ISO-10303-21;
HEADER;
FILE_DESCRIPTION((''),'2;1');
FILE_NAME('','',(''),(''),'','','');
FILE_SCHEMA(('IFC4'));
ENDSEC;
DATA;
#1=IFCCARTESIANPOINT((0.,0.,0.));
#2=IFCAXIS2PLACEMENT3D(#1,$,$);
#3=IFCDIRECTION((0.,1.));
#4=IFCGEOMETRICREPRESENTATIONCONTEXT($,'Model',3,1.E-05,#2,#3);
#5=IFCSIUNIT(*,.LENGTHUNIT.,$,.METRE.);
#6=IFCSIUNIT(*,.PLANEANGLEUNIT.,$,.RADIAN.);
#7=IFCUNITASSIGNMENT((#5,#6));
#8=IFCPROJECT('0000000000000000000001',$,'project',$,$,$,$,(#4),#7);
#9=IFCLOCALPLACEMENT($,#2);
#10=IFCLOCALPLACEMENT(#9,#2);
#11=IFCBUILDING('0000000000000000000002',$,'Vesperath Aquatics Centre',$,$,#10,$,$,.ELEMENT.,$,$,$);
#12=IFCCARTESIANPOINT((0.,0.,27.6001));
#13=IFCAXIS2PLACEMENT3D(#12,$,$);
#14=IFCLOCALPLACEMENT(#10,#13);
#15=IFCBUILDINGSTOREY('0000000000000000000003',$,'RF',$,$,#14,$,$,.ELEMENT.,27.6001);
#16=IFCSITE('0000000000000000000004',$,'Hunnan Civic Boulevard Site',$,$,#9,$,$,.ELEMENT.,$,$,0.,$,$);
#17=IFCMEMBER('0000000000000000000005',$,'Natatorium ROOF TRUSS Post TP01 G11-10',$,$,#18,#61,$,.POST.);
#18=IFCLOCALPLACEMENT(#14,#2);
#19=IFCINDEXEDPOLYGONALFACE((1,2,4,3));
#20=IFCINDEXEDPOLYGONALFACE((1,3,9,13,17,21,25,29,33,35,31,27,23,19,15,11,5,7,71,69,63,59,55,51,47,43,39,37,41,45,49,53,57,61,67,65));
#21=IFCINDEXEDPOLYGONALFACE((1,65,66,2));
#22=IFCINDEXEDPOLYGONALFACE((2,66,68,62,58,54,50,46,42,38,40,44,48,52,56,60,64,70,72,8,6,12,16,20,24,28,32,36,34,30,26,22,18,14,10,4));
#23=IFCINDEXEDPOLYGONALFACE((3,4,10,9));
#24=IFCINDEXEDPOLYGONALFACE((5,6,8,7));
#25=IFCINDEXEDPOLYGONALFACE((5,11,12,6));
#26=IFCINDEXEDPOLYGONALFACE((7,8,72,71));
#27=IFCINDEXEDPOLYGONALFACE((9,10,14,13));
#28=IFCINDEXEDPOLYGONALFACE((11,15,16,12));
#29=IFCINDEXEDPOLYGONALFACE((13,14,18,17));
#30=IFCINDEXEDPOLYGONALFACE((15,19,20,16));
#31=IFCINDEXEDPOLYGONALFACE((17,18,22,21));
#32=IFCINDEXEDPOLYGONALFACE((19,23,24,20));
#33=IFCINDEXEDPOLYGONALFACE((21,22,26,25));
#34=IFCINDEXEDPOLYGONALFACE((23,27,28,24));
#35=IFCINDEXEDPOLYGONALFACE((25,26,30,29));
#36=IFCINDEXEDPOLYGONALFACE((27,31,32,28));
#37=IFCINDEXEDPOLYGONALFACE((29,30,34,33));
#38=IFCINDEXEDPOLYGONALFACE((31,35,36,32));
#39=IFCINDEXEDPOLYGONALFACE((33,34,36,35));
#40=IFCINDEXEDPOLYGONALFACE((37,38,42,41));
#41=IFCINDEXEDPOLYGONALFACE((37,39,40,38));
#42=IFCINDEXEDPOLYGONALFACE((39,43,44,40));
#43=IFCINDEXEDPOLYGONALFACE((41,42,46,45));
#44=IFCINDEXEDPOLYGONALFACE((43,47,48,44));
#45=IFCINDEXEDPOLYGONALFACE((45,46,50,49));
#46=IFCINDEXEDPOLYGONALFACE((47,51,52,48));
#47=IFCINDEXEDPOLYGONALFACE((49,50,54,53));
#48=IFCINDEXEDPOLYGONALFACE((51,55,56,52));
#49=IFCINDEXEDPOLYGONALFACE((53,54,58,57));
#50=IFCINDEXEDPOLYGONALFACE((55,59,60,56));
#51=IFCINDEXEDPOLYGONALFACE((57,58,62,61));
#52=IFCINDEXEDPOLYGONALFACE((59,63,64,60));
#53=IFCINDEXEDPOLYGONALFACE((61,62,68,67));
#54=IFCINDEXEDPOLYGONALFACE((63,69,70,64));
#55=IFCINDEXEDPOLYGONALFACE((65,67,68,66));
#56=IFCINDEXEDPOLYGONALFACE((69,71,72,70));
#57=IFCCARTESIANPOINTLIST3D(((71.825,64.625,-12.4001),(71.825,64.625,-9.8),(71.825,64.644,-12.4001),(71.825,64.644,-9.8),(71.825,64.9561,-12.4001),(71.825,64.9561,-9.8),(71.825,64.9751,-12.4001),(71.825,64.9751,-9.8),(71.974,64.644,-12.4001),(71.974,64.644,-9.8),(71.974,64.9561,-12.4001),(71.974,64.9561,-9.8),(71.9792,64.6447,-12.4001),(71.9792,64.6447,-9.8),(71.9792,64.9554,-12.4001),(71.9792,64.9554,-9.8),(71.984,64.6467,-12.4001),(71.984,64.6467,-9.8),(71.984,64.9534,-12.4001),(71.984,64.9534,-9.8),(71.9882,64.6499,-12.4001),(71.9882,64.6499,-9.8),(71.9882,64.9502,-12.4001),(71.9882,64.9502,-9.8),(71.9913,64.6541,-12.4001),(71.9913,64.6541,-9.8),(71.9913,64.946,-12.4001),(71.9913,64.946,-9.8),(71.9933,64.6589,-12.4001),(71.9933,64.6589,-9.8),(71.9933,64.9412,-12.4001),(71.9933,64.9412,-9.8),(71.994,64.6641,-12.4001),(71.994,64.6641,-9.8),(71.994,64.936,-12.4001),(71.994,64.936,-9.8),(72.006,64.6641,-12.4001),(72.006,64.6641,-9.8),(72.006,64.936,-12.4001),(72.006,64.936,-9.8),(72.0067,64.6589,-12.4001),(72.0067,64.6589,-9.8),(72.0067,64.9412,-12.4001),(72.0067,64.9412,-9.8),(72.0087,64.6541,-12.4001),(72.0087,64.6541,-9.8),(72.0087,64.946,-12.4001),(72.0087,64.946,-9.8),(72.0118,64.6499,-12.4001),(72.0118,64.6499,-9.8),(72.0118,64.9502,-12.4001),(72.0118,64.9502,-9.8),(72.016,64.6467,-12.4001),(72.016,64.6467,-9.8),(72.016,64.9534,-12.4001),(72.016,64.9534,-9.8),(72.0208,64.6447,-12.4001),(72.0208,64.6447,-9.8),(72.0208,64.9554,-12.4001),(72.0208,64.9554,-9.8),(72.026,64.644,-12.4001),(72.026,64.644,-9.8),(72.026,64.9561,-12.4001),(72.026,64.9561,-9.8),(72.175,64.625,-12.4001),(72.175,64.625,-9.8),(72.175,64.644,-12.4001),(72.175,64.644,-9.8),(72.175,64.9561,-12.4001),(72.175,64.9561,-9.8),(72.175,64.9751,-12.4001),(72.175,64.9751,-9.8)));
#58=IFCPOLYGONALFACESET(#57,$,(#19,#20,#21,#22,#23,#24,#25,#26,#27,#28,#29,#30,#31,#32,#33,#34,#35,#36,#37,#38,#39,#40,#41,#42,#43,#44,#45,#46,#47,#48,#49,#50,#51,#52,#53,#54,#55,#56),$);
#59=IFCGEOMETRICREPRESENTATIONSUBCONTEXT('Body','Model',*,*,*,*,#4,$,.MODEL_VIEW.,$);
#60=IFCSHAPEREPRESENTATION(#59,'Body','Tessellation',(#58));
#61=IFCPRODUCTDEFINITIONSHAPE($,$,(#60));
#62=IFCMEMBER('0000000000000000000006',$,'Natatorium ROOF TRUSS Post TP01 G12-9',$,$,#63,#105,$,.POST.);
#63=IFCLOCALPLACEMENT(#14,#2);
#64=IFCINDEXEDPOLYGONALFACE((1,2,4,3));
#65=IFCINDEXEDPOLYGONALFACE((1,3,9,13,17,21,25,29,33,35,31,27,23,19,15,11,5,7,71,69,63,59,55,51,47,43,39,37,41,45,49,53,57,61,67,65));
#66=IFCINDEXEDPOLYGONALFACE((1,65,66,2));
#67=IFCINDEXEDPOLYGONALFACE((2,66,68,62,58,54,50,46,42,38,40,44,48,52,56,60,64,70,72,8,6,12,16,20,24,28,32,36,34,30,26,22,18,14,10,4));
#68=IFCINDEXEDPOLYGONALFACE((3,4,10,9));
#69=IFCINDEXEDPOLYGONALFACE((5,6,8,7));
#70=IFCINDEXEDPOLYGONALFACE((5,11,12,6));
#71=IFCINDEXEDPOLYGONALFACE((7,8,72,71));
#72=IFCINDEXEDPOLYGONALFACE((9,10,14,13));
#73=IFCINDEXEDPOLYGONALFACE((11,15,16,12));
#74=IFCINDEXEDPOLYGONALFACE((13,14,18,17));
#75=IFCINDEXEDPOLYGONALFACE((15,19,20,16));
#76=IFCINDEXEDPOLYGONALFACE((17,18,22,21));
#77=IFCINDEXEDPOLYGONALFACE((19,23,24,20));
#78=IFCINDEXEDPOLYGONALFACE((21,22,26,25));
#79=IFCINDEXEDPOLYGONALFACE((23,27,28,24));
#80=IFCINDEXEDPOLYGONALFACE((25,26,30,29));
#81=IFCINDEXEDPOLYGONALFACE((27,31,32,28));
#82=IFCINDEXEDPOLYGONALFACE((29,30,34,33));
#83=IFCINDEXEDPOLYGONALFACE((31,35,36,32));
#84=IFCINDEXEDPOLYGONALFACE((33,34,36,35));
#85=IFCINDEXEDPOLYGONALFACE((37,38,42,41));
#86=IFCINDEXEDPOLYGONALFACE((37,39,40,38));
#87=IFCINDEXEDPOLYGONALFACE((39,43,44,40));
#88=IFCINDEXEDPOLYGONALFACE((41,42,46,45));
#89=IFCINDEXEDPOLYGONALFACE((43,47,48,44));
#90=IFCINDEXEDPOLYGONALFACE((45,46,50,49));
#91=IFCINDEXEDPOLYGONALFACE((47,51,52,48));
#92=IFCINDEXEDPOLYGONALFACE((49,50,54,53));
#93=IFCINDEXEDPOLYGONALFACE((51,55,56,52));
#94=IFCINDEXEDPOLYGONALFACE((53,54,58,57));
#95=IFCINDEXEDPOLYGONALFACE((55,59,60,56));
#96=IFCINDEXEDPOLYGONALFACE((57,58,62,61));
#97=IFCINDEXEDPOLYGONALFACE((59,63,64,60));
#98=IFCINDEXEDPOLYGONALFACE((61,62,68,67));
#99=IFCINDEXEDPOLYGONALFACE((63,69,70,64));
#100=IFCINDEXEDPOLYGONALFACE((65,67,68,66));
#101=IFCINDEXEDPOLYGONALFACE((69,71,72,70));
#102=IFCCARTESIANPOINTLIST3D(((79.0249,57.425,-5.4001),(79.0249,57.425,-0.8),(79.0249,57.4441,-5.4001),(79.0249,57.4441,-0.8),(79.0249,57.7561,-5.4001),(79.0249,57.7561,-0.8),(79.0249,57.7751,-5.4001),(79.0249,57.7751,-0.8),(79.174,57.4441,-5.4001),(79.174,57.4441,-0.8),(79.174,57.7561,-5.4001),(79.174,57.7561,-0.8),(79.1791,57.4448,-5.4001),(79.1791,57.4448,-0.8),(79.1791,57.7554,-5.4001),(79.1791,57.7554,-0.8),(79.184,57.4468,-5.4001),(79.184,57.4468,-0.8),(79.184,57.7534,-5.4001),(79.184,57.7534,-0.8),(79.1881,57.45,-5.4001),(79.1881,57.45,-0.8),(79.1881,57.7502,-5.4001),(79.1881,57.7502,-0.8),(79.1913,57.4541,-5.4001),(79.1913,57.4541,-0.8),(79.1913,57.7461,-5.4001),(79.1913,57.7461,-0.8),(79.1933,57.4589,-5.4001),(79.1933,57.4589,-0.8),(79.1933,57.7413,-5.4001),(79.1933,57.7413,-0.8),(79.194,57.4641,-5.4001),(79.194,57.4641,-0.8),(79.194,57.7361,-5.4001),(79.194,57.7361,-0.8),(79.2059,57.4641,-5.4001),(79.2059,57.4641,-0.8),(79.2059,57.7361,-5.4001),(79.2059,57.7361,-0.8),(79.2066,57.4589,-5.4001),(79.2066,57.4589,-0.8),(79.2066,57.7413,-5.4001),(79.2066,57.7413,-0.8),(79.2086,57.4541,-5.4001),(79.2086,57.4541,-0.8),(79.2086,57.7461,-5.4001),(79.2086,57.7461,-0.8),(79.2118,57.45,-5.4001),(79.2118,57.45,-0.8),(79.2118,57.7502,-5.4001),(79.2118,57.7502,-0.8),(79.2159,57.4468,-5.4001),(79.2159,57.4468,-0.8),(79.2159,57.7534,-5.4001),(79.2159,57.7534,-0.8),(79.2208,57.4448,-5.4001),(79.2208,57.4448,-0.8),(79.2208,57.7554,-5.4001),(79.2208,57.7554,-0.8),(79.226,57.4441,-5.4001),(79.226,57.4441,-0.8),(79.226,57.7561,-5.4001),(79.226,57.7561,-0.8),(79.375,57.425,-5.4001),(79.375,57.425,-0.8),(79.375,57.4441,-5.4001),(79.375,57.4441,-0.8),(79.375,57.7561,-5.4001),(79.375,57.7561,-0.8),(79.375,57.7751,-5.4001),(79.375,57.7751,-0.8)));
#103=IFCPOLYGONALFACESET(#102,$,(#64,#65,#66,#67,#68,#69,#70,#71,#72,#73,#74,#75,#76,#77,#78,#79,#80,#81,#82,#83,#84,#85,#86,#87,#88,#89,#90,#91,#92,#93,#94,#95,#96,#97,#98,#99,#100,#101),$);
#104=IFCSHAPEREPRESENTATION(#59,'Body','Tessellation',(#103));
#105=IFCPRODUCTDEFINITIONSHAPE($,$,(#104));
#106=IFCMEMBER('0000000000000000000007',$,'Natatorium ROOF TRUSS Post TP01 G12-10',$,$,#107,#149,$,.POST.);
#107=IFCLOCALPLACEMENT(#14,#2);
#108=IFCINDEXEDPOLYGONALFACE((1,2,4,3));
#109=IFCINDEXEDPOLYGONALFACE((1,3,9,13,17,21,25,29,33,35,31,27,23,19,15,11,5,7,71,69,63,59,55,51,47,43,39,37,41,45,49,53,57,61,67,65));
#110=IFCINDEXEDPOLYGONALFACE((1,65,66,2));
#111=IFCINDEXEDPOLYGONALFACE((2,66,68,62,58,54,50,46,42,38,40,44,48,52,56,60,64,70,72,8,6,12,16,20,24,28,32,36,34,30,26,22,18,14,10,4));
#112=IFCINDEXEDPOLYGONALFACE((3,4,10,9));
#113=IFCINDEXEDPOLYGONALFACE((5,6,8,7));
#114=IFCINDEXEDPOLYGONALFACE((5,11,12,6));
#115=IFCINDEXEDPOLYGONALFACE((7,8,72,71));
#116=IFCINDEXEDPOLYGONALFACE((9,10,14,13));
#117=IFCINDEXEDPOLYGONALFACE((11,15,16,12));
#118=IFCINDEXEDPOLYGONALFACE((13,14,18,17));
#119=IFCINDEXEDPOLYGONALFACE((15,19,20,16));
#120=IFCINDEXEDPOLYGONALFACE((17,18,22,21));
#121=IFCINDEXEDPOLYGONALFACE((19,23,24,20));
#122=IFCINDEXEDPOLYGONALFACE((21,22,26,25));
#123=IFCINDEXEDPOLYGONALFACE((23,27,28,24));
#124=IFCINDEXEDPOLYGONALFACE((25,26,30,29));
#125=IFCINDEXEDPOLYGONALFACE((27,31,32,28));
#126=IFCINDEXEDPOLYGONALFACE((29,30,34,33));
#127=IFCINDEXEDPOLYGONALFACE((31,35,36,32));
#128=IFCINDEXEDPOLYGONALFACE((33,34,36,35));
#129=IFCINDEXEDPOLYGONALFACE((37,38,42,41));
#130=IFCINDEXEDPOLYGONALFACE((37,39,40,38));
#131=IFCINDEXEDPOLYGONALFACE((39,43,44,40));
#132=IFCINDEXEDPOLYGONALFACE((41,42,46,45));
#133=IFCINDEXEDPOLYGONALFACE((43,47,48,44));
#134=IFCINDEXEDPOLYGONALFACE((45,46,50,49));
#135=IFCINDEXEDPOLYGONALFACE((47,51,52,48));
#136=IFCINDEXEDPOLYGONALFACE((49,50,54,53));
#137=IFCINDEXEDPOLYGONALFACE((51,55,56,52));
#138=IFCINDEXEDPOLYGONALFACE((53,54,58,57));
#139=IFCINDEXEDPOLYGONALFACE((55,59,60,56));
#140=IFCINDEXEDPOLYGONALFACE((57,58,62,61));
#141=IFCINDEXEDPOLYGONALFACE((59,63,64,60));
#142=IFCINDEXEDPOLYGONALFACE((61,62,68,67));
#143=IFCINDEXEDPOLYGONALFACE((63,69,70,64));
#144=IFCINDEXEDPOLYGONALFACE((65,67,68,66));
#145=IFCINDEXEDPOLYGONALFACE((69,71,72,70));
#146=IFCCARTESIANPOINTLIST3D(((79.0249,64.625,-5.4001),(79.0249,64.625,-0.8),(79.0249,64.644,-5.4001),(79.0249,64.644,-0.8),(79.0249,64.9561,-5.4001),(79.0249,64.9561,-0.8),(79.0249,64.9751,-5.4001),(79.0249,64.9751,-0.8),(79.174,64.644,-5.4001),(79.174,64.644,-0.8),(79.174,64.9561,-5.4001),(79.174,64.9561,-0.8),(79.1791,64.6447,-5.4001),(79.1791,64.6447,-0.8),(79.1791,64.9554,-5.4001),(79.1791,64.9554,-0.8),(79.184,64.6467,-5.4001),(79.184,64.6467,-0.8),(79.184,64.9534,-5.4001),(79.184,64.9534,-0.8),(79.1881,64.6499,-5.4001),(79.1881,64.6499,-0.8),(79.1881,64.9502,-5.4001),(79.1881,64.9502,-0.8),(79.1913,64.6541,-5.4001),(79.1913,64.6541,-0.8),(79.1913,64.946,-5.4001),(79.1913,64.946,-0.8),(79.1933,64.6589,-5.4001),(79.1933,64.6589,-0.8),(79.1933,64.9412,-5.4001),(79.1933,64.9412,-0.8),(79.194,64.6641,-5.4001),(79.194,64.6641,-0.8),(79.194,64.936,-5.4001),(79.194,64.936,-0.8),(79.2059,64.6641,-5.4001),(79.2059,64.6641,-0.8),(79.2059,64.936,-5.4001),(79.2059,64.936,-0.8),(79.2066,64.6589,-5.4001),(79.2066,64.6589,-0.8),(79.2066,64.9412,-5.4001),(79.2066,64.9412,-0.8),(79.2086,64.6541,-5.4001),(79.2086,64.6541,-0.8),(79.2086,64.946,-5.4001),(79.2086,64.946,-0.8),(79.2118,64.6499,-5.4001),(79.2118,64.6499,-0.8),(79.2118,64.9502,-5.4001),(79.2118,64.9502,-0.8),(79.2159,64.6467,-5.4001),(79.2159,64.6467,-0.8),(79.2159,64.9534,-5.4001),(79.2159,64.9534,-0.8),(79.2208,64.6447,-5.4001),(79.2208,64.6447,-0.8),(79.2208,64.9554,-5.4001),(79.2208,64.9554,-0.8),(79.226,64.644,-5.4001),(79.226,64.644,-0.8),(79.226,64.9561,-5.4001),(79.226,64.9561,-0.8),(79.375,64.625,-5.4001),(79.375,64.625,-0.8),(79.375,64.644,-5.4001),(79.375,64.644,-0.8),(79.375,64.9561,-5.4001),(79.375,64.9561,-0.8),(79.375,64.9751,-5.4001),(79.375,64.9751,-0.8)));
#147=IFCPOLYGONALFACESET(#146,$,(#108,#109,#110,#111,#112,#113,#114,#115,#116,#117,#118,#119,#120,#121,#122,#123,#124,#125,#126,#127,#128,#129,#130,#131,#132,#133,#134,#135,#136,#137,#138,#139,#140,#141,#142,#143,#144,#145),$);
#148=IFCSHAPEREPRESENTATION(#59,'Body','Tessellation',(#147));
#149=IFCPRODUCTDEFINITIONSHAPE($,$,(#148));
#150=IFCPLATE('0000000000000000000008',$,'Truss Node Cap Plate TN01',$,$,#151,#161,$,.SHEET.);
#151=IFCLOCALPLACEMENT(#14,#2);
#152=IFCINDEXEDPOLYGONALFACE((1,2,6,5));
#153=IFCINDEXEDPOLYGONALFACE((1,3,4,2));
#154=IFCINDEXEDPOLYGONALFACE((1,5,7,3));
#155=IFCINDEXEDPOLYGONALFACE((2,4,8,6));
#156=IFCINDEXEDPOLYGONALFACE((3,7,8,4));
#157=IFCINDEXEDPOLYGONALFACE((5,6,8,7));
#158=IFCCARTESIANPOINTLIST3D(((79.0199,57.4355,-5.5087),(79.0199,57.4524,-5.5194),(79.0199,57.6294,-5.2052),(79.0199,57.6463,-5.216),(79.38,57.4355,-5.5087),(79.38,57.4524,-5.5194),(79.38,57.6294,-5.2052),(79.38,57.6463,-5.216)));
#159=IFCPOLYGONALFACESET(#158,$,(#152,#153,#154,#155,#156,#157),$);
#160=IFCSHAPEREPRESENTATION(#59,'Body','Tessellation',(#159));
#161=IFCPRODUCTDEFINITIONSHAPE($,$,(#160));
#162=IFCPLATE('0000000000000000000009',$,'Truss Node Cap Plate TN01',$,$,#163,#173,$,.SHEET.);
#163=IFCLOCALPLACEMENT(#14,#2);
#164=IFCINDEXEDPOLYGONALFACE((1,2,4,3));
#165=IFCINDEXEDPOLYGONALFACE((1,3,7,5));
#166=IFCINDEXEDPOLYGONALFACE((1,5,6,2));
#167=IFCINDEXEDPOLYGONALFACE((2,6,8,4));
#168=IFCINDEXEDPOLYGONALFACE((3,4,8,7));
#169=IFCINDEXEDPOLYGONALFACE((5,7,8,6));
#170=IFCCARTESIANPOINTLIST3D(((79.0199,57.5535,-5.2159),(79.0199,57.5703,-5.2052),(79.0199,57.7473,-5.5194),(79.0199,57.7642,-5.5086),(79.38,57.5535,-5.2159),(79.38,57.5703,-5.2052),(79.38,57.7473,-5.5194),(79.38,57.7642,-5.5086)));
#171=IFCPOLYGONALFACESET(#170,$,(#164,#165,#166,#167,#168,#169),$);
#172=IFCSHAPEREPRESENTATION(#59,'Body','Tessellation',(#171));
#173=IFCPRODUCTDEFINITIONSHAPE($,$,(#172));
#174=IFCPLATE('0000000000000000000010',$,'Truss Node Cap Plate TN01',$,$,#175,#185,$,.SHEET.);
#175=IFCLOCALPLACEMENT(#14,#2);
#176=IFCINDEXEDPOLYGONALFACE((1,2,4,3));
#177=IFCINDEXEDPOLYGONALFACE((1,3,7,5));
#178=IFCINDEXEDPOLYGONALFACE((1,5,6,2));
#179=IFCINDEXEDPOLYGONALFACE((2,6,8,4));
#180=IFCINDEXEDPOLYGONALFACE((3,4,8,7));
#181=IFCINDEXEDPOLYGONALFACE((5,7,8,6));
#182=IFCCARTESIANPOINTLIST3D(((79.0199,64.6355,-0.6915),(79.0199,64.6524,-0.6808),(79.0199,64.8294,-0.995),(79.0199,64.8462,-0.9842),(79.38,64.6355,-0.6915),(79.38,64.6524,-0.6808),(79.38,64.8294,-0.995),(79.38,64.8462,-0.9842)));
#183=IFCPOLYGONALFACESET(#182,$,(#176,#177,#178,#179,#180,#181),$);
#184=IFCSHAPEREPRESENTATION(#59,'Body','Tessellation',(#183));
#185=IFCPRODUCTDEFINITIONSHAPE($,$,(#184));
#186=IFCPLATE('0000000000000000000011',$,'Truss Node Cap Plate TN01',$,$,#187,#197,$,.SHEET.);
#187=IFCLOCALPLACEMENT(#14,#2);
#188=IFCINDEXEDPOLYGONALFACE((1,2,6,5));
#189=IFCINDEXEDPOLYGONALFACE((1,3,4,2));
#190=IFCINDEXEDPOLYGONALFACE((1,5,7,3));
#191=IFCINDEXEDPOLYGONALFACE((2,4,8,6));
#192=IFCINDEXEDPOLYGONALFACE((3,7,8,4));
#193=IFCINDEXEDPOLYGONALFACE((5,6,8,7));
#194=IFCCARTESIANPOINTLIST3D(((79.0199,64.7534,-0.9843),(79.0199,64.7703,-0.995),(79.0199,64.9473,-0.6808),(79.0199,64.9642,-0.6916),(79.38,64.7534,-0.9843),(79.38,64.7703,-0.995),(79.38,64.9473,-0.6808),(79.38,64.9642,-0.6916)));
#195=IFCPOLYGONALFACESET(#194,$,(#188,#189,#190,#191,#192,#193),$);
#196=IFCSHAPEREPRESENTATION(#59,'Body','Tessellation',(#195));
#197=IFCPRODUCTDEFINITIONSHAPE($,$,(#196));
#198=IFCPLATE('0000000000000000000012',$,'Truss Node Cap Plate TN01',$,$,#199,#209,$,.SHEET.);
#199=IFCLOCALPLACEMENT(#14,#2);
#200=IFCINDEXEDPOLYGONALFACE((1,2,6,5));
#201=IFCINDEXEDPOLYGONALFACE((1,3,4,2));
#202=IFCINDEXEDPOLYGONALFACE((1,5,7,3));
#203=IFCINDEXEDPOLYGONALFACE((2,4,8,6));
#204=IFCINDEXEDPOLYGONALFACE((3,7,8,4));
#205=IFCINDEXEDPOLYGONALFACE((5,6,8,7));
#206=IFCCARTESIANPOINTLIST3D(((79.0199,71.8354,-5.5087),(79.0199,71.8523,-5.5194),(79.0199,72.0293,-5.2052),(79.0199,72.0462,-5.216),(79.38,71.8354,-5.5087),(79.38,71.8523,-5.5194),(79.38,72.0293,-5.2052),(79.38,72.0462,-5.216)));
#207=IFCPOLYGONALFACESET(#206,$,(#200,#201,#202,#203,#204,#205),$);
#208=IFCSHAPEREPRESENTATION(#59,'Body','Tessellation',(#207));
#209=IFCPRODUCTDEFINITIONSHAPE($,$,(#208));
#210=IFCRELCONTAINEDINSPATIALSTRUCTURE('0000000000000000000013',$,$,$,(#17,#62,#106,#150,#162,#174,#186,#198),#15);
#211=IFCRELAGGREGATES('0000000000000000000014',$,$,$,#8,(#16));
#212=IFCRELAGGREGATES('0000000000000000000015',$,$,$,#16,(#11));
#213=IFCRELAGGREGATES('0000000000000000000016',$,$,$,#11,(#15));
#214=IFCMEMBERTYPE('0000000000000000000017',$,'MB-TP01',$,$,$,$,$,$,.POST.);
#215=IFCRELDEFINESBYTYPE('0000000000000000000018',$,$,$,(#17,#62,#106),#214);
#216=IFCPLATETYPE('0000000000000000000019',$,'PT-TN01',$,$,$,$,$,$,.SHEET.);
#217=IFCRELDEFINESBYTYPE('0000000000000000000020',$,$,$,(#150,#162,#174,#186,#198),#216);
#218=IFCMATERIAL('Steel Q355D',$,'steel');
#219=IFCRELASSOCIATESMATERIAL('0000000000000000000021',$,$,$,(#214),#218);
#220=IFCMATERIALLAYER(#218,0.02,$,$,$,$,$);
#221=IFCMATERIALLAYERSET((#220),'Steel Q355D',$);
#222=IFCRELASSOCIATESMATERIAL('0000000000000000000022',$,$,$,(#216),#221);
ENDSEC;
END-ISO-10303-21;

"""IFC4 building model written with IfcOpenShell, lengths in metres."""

from ifc_helpers import new_model, si_unit, direction, frame, origin, origin_2d, place, context, subcontext, project, spatial, rectangle, i_section, extrude, material, layer, layer_set, material_profile, profile_set, type_object, element, save


model = new_model("IFC4")

# Units and contexts
model_context = context("Model", 3, precision=1e-05, world=origin(), true_north=direction((0.0, 1.0)))
body_context = subcontext(model_context, "Body", "Model", "MODEL_VIEW")
ifc_project = project(units=[si_unit("LENGTHUNIT", "METRE"), si_unit("PLANEANGLEUNIT", "RADIAN")], contexts=[model_context])

# Site, building, storey
site_placement = place(None, origin())
site = spatial("IfcSite", under=ifc_project, at=site_placement, Name="Hunnan Civic Boulevard Site", CompositionType="ELEMENT", RefElevation=0.0)
building_placement = place(site_placement, origin())
building = spatial("IfcBuilding", under=site, at=building_placement, Name="Vesperath Aquatics Centre", CompositionType="ELEMENT")
storey_placement = place(building_placement, frame((0.0, 0.0, 27.6001)))
storey = spatial("IfcBuildingStorey", under=building, at=storey_placement, Name="RF", CompositionType="ELEMENT", Elevation=27.6001)

# Members
ifc_material_1 = material(Name="Steel Q355D", Category="steel")
ifc_material_profile_1 = material_profile(ifc_material_1, i_section(OverallWidth=0.3501, OverallDepth=0.3501, WebThickness=0.012, FlangeThickness=0.019, FilletRadius=0.02, at=origin_2d()), Name="HW 350x350x12x19")
ifc_profile_set_1 = profile_set([ifc_material_profile_1], Name="Steel Q355D")
member_type_1 = type_object("IfcMemberType", Name="MB-TP01", PredefinedType="POST", material=ifc_profile_set_1)
for number, where, z_axis, x_axis, name in (
    (1, (72.0, 64.8, -12.4001), (0.0, 0.0, 1.0), (1.0, 0.0, 0.0), "Natatorium ROOF TRUSS Post TP01 G11-10"),
):
    element("IfcMember", number, at=place(storey_placement, frame(where, z_axis=z_axis, x_axis=x_axis)), inside=storey, type_object=member_type_1, Name=name, PredefinedType="POST", context=body_context, shape_type="SweptSolid", body=[
        extrude(i_section(OverallWidth=0.3501, OverallDepth=0.3501, WebThickness=0.012, FlangeThickness=0.019, FilletRadius=0.02, at=origin_2d()), origin(), (0.0, 0.0, 1.0), 2.6001),
    ])
for number, where, z_axis, x_axis, name in (
    (2, (79.2, 57.6001, -5.4001), (0.0, 0.0, 1.0), (1.0, 0.0, 0.0), "Natatorium ROOF TRUSS Post TP01 G12-9"),
    (3, (79.2, 64.8, -5.4001), (0.0, 0.0, 1.0), (1.0, 0.0, 0.0), "Natatorium ROOF TRUSS Post TP01 G12-10"),
):
    element("IfcMember", number, at=place(storey_placement, frame(where, z_axis=z_axis, x_axis=x_axis)), inside=storey, type_object=member_type_1, Name=name, PredefinedType="POST", context=body_context, shape_type="SweptSolid", body=[
        extrude(i_section(OverallWidth=0.3501, OverallDepth=0.3501, WebThickness=0.012, FlangeThickness=0.019, FilletRadius=0.02, at=origin_2d()), origin(), (0.0, 0.0, 1.0), 4.6001),
    ])

# Plates
ifc_layer_1 = layer(ifc_material_1, 0.02)
ifc_layer_set_1 = layer_set([ifc_layer_1], Name="Steel Q355D")
plate_type_1 = type_object("IfcPlateType", Name="PT-TN01", PredefinedType="SHEET", material=ifc_layer_set_1)
for number, where, z_axis, x_axis, name in (
    (4, (79.2, 57.5325, -5.3569), (0.0, 0.842696, -0.538389), (-1.0, 0.0, 0.0), "Truss Node Cap Plate TN01"),
    (5, (79.2, 57.6504, -5.3677), (0.0, 0.842696, 0.538389), (-1.0, 0.0, 0.0), "Truss Node Cap Plate TN01"),
    (6, (79.2, 64.7324, -0.8433), (0.0, 0.842696, 0.538389), (-1.0, 0.0, 0.0), "Truss Node Cap Plate TN01"),
    (7, (79.2, 64.8503, -0.8325), (0.0, 0.842696, -0.538389), (-1.0, 0.0, 0.0), "Truss Node Cap Plate TN01"),
    (8, (79.2, 71.9324, -5.3569), (0.0, 0.842696, -0.538389), (-1.0, 0.0, 0.0), "Truss Node Cap Plate TN01"),
):
    element("IfcPlate", number, at=place(storey_placement, frame(where, z_axis=z_axis, x_axis=x_axis)), inside=storey, type_object=plate_type_1, Name=name, PredefinedType="SHEET", context=body_context, shape_type="SweptSolid", body=[
        extrude(rectangle(XDim=0.3601, YDim=0.3601, at=origin_2d()), origin(), (0.0, 0.0, 1.0), 0.02),
    ])

save(model, "model.ifc")
